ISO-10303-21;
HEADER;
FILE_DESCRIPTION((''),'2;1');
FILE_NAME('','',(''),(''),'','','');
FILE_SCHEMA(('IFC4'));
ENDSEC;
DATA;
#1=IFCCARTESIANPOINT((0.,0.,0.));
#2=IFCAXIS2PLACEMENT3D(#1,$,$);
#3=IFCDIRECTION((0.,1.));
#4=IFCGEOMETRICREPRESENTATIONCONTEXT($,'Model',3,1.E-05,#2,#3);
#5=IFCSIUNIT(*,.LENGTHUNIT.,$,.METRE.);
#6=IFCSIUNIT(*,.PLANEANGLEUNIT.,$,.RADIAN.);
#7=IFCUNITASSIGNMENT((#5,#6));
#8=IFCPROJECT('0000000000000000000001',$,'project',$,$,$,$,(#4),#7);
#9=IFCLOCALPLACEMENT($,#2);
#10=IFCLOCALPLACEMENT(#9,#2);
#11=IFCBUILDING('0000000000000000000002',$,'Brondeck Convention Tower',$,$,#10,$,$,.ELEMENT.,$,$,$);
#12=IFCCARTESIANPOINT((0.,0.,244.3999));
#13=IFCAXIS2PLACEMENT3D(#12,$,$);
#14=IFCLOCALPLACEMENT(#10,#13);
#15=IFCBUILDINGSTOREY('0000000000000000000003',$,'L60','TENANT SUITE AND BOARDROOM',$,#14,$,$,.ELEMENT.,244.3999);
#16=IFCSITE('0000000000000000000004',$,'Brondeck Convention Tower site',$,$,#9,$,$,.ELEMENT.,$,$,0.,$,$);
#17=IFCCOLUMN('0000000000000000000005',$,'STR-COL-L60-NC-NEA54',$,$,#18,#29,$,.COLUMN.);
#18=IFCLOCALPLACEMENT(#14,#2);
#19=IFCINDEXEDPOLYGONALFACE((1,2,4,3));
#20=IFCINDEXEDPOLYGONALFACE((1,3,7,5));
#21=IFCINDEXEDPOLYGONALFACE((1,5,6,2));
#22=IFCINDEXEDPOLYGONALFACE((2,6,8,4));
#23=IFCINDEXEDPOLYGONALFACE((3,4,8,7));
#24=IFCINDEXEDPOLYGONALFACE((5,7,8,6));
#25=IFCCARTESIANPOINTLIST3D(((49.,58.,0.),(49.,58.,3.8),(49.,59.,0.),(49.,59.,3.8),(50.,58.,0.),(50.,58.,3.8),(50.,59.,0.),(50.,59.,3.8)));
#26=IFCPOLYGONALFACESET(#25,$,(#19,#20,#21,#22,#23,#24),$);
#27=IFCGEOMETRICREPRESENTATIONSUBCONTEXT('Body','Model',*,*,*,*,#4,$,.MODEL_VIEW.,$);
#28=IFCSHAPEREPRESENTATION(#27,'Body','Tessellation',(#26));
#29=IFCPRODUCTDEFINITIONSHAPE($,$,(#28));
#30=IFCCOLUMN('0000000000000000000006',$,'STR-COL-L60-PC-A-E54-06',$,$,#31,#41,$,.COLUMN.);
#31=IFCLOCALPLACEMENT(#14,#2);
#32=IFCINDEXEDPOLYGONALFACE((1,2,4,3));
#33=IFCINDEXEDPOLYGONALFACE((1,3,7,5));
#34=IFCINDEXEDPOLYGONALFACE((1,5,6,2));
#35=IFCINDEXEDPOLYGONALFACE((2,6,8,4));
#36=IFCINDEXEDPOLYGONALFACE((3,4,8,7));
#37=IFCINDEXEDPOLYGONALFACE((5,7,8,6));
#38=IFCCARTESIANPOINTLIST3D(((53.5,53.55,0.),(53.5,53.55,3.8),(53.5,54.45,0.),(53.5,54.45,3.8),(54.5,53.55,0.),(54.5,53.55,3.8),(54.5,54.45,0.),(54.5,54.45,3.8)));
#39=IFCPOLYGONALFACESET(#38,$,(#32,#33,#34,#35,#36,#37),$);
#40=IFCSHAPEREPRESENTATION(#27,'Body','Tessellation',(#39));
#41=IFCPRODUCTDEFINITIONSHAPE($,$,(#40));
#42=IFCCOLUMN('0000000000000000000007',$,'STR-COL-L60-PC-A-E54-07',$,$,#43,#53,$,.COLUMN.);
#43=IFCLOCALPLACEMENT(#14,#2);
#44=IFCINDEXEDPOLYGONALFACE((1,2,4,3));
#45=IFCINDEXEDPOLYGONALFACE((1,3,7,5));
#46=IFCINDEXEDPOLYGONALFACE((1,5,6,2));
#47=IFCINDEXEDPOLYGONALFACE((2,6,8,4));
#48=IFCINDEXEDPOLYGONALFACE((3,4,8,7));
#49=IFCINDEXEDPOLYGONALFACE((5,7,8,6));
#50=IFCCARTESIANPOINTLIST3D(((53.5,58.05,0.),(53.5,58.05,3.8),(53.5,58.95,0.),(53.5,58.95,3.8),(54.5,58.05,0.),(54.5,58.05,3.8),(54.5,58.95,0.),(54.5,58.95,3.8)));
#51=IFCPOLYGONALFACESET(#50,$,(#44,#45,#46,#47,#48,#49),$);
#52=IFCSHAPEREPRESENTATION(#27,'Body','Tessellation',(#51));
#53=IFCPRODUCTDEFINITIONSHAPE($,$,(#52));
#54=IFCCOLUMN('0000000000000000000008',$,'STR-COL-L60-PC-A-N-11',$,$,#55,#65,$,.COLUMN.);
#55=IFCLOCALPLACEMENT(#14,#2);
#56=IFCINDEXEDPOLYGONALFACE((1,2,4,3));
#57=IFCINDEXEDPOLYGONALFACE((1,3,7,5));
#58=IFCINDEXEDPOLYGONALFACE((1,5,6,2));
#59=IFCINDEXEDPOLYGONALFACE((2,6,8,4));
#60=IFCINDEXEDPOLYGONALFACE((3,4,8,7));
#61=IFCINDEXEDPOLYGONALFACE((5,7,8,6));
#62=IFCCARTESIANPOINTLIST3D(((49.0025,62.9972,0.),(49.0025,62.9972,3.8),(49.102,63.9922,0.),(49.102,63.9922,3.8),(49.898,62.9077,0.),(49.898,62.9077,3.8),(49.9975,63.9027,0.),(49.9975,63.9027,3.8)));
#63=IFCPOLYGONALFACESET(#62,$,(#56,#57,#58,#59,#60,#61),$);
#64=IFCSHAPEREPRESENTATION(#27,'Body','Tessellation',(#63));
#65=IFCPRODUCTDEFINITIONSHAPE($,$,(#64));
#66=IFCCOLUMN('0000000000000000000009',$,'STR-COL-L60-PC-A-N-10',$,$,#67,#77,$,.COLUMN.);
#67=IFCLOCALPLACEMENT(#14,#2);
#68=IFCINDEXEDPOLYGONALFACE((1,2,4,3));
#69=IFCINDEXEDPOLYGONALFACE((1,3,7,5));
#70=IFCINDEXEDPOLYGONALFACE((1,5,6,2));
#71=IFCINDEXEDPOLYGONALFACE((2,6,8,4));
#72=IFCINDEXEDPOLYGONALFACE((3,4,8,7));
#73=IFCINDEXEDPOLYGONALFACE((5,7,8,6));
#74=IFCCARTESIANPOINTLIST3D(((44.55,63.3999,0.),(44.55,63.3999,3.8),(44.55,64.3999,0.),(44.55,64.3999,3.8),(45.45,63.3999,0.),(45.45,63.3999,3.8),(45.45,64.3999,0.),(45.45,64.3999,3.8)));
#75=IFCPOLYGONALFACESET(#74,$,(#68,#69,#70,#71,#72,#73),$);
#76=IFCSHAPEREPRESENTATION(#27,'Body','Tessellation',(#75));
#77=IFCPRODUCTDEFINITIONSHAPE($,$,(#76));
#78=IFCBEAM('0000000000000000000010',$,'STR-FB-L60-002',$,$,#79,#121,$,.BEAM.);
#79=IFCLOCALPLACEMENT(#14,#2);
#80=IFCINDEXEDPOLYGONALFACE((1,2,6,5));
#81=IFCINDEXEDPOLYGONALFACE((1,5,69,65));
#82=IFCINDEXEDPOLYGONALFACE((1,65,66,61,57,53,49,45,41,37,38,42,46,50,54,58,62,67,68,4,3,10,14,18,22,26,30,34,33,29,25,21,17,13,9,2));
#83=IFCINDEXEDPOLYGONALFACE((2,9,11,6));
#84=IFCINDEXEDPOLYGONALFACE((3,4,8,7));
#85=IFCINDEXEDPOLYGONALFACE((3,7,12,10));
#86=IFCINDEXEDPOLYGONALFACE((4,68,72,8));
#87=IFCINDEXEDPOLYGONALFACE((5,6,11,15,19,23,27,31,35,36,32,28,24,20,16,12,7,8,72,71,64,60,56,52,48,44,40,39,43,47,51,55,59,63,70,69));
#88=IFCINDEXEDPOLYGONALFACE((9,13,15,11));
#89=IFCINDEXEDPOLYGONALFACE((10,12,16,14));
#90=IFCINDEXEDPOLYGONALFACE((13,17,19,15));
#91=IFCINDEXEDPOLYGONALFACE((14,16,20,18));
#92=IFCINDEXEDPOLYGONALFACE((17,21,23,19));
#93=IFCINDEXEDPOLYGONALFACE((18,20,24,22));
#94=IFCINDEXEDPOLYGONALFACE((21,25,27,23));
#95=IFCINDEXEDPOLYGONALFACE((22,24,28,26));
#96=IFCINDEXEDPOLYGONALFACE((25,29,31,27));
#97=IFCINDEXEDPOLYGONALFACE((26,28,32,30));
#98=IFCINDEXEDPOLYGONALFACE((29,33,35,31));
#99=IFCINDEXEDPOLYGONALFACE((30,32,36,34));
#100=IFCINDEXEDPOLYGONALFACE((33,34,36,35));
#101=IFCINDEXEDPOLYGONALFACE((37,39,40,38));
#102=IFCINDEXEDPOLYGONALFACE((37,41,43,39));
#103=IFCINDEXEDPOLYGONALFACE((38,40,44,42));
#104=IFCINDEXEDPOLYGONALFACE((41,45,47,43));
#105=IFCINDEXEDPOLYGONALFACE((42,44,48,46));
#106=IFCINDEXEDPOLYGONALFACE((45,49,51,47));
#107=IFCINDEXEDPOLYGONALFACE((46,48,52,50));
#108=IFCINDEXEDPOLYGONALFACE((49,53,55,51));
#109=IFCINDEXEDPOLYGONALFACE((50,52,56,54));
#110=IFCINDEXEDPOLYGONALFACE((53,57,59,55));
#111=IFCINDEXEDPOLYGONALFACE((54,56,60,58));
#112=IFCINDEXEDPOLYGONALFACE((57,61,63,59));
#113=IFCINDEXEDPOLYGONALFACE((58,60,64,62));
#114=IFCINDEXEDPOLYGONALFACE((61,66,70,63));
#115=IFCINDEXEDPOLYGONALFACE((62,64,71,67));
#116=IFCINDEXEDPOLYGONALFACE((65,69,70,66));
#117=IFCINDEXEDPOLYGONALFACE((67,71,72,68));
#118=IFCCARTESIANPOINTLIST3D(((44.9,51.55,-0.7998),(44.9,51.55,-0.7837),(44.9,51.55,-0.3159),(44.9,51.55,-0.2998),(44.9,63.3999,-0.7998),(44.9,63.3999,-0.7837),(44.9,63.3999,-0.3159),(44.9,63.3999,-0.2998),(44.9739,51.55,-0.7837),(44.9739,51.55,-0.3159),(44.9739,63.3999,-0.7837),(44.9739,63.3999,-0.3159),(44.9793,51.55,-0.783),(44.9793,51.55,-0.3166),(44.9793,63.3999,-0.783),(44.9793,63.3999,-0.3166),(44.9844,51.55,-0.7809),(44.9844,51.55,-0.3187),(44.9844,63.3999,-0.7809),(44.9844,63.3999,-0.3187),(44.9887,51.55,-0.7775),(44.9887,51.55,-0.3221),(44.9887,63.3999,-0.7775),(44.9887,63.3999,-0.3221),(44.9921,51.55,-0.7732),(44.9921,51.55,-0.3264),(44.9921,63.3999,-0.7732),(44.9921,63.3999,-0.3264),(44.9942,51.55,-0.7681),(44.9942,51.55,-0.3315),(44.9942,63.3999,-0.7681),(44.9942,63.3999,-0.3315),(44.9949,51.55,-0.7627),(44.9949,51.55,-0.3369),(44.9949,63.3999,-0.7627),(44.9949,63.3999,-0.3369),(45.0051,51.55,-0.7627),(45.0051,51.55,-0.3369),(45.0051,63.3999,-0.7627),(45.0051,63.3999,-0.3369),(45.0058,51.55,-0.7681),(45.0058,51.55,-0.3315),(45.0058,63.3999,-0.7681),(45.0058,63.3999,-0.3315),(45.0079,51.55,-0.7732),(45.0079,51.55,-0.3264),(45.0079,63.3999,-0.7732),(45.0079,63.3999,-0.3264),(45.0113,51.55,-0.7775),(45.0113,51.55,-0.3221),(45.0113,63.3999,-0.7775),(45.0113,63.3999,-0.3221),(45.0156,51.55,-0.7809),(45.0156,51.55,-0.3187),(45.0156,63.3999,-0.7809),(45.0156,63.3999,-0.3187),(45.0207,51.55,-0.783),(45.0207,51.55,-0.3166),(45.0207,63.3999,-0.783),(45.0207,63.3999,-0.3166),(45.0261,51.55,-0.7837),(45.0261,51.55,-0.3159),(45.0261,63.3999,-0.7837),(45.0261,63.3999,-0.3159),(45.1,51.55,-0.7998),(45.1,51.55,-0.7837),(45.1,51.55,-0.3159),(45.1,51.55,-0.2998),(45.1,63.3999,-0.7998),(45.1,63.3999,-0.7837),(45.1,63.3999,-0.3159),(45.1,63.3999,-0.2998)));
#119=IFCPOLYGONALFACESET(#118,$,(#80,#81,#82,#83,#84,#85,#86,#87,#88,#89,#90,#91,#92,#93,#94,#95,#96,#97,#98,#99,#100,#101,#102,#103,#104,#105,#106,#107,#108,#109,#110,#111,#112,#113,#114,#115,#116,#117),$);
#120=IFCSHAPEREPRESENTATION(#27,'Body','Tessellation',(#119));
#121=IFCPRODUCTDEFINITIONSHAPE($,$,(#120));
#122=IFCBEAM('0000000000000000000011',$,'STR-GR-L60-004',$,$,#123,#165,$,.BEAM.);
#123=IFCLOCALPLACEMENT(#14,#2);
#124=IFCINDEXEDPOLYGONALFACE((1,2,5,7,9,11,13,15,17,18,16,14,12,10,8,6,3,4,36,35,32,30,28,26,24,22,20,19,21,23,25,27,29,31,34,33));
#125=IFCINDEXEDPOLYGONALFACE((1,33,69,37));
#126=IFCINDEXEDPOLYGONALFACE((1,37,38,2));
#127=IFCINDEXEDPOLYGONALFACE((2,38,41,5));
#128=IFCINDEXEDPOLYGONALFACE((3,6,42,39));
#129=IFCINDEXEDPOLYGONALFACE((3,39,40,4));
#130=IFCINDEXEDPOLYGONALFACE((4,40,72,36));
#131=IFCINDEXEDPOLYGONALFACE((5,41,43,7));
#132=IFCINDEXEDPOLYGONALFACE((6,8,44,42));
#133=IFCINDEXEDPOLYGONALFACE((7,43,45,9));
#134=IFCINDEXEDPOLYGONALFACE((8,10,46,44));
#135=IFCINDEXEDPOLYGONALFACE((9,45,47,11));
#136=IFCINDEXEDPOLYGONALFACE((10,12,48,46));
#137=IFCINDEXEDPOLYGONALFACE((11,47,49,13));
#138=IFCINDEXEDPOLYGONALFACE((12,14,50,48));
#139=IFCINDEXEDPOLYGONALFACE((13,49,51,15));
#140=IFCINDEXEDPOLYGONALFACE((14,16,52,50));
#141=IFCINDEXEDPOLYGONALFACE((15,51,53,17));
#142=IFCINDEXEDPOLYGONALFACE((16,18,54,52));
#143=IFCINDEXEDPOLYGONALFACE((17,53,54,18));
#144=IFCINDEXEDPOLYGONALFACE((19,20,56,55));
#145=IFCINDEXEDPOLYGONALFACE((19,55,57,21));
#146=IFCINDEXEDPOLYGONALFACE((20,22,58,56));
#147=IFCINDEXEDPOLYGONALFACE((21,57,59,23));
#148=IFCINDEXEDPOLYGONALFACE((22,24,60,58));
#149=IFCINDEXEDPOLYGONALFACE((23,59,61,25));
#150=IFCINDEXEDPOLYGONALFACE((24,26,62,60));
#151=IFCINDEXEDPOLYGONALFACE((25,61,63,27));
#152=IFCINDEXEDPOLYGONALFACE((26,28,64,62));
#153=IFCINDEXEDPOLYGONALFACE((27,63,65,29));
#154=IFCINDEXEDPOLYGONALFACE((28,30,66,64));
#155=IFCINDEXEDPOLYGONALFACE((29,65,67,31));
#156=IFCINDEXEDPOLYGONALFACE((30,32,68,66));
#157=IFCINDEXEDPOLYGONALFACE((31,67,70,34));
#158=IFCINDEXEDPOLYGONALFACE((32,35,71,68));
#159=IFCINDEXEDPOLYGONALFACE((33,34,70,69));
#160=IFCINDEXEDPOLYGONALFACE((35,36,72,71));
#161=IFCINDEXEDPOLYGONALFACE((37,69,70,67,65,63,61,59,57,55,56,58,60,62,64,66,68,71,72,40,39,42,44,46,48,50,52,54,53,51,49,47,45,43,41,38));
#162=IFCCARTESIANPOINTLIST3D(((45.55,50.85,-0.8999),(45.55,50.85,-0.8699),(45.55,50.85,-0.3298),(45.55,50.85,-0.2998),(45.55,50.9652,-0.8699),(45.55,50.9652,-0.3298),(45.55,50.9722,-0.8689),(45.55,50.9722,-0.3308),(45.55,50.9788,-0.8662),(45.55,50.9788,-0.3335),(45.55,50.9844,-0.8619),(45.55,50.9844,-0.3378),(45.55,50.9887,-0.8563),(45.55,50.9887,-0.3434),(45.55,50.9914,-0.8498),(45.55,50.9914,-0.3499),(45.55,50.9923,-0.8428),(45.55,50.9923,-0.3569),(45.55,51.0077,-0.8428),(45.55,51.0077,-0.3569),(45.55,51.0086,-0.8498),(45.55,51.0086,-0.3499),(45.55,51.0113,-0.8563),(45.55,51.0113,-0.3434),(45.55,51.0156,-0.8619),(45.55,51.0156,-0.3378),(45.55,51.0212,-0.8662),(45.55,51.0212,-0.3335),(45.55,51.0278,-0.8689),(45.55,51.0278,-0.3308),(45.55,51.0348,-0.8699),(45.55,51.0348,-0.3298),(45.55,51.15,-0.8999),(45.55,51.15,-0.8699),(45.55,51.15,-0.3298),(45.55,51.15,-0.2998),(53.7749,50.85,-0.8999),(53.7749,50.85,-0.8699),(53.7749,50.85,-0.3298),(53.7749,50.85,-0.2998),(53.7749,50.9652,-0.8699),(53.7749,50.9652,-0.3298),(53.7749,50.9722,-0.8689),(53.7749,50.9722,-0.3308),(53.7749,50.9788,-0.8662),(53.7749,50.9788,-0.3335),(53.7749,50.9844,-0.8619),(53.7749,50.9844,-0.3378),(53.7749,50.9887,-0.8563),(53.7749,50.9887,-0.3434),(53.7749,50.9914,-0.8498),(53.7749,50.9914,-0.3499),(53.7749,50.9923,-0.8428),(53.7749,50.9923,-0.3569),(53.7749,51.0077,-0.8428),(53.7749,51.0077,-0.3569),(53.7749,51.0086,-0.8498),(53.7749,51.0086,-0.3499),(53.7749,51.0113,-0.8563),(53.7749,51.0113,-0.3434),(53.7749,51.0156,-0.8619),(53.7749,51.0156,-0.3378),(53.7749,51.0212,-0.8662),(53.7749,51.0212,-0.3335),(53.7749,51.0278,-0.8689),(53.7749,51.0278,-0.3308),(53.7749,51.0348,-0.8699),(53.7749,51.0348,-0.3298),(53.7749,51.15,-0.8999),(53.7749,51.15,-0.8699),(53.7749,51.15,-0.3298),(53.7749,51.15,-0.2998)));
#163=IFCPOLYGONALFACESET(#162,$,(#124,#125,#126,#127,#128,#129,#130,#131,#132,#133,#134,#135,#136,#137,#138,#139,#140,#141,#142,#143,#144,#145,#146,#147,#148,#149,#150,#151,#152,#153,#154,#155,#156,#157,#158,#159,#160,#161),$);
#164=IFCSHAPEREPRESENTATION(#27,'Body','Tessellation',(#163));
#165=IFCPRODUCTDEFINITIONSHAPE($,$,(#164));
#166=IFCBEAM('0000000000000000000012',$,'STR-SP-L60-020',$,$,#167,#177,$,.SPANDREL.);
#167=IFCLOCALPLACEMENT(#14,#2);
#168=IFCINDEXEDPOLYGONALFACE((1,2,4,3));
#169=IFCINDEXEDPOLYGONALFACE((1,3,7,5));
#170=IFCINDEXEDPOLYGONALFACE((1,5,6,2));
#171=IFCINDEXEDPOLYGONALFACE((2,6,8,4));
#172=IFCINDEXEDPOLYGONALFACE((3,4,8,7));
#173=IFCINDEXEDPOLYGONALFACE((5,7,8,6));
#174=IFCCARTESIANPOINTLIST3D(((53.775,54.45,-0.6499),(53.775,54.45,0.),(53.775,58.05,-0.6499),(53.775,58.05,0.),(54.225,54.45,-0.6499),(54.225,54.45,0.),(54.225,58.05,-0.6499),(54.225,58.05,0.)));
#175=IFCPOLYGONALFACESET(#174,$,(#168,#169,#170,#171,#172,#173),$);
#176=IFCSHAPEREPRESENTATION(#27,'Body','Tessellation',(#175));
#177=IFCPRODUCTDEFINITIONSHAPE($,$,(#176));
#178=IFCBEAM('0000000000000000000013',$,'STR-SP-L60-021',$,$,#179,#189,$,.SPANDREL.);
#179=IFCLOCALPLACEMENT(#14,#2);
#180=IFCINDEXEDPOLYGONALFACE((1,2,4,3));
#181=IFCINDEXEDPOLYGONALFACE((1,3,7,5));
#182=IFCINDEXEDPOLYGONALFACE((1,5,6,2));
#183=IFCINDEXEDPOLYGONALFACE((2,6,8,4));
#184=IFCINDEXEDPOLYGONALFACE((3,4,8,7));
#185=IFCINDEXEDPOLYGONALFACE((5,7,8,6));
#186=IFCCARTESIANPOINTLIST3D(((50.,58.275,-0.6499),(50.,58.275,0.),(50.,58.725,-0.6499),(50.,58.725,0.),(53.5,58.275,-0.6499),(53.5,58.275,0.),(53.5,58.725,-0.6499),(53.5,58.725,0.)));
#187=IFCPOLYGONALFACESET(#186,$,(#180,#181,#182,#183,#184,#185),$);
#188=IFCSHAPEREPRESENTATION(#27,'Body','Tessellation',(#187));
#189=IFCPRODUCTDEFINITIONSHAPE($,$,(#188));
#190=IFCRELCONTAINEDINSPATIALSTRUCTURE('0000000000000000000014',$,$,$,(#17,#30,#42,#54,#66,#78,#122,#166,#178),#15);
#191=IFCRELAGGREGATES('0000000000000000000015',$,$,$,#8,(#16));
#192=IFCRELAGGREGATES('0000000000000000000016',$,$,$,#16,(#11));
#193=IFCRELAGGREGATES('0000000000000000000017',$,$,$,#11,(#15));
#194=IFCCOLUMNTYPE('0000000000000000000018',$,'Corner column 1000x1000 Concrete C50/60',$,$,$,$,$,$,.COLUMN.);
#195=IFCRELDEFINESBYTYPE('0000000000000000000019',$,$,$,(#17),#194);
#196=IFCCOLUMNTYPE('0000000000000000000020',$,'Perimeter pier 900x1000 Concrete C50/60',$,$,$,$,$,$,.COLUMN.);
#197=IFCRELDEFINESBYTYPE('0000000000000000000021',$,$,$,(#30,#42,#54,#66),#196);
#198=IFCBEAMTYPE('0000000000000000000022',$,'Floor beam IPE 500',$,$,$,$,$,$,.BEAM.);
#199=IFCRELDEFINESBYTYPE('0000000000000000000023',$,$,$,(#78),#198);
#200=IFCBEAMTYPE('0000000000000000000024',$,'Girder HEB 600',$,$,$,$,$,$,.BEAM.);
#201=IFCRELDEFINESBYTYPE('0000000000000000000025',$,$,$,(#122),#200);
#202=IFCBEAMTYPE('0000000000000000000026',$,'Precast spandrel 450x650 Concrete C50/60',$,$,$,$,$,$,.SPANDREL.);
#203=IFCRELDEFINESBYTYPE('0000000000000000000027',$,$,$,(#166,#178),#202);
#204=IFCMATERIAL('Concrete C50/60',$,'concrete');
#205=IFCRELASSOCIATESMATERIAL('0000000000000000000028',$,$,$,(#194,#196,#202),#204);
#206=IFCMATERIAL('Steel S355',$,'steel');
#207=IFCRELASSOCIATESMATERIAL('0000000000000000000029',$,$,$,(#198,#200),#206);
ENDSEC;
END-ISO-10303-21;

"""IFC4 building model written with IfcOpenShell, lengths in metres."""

from ifc_helpers import new_model, si_unit, direction, frame, origin, origin_2d, place, context, subcontext, project, spatial, rectangle, i_section, extrude, material, material_profile, profile_set, type_object, element, save


model = new_model("IFC4")

# Units and contexts
model_context = context("Model", 3, precision=1e-05, world=origin(), true_north=direction((0.0, 1.0)))
body_context = subcontext(model_context, "Body", "Model", "MODEL_VIEW")
ifc_project = project(units=[si_unit("LENGTHUNIT", "METRE"), si_unit("PLANEANGLEUNIT", "RADIAN")], contexts=[model_context])

# Site, building, storey
site_placement = place(None, origin())
site = spatial("IfcSite", under=ifc_project, at=site_placement, Name="Brondeck Convention Tower site", CompositionType="ELEMENT", RefElevation=0.0)
building_placement = place(site_placement, origin())
building = spatial("IfcBuilding", under=site, at=building_placement, Name="Brondeck Convention Tower", CompositionType="ELEMENT")
storey_placement = place(building_placement, frame((0.0, 0.0, 244.3999)))
storey = spatial("IfcBuildingStorey", under=building, at=storey_placement, Name="L60", Description="TENANT SUITE AND BOARDROOM", CompositionType="ELEMENT", Elevation=244.3999)

# Columns
ifc_material_1 = material(Name="Concrete C50/60", Category="concrete")
ifc_material_profile_1 = material_profile(ifc_material_1, rectangle(XDim=1.0, YDim=1.0, at=origin_2d()), Name="Corner column 1000x1000 Concrete C50/60")
ifc_profile_set_1 = profile_set([ifc_material_profile_1], Name="Concrete C50/60")
column_type_1 = type_object("IfcColumnType", Name="Corner column 1000x1000 Concrete C50/60", PredefinedType="COLUMN", material=ifc_profile_set_1)
column_placement = place(storey_placement, frame((49.5, 58.5, 0.0), z_axis=(0.0, 0.0, 1.0), x_axis=(1.0, 0.0, 0.0)))
element("IfcColumn", 1, at=column_placement, inside=storey, type_object=column_type_1, Name="STR-COL-L60-NC-NEA54", PredefinedType="COLUMN", context=body_context, shape_type="SweptSolid", body=[
    extrude(rectangle(XDim=1.0, YDim=1.0, at=origin_2d()), origin(), (0.0, 0.0, 1.0), 3.8),
])
ifc_material_profile_2 = material_profile(ifc_material_1, rectangle(XDim=0.8999, YDim=1.0, at=origin_2d()), Name="Perimeter pier 900x1000 Concrete C50/60")
ifc_profile_set_2 = profile_set([ifc_material_profile_2], Name="Concrete C50/60")
column_type_2 = type_object("IfcColumnType", Name="Perimeter pier 900x1000 Concrete C50/60", PredefinedType="COLUMN", material=ifc_profile_set_2)
for number, where, z_axis, x_axis, name in (
    (2, (54.0, 54.0, 0.0), (0.0, 0.0, 1.0), (0.0, 1.0, 0.0), "STR-COL-L60-PC-A-E54-06"),
    (3, (54.0, 58.5, 0.0), (0.0, 0.0, 1.0), (0.0, 1.0, 0.0), "STR-COL-L60-PC-A-E54-07"),
    (4, (49.5, 63.45, 0.0), (0.0, 0.0, 1.0), (-0.995037, 0.099504, 0.0), "STR-COL-L60-PC-A-N-11"),
    (5, (45.0, 63.8999, 0.0), (0.0, 0.0, 1.0), (-1.0, 0.0, 0.0), "STR-COL-L60-PC-A-N-10"),
):
    element("IfcColumn", number, at=place(storey_placement, frame(where, z_axis=z_axis, x_axis=x_axis)), inside=storey, type_object=column_type_2, Name=name, PredefinedType="COLUMN", context=body_context, shape_type="SweptSolid", body=[
        extrude(rectangle(XDim=0.8999, YDim=1.0, at=origin_2d()), origin(), (0.0, 0.0, 1.0), 3.8),
    ])

# Beams
ifc_material_2 = material(Name="Steel S355", Category="steel")
ifc_material_profile_3 = material_profile(ifc_material_2, i_section(OverallWidth=0.2, OverallDepth=0.5, WebThickness=0.0103, FlangeThickness=0.0161, FilletRadius=0.021, at=origin_2d()), Name="IPE 500")
ifc_profile_set_3 = profile_set([ifc_material_profile_3], Name="Steel S355")
beam_type_1 = type_object("IfcBeamType", Name="Floor beam IPE 500", PredefinedType="BEAM", material=ifc_profile_set_3)
beam_1_placement = place(storey_placement, frame((45.0, 51.55, -0.5498), z_axis=(0.0, 1.0, 0.0), x_axis=(-1.0, 0.0, 0.0)))
element("IfcBeam", 6, at=beam_1_placement, inside=storey, type_object=beam_type_1, Name="STR-FB-L60-002", PredefinedType="BEAM", context=body_context, shape_type="SweptSolid", body=[
    extrude(i_section(OverallWidth=0.2, OverallDepth=0.5, WebThickness=0.0103, FlangeThickness=0.0161, FilletRadius=0.021, at=origin_2d()), origin(), (0.0, 0.0, 1.0), 11.8499),
])
ifc_material_profile_4 = material_profile(ifc_material_2, i_section(OverallWidth=0.3, OverallDepth=0.6001, WebThickness=0.0154, FlangeThickness=0.03, FilletRadius=0.0271, at=origin_2d()), Name="HEB 600")
ifc_profile_set_4 = profile_set([ifc_material_profile_4], Name="Steel S355")
beam_type_2 = type_object("IfcBeamType", Name="Girder HEB 600", PredefinedType="BEAM", material=ifc_profile_set_4)
beam_2_placement = place(storey_placement, frame((45.55, 51.0, -0.5999), z_axis=(1.0, 0.0, 0.0), x_axis=(0.0, 1.0, 0.0)))
element("IfcBeam", 7, at=beam_2_placement, inside=storey, type_object=beam_type_2, Name="STR-GR-L60-004", PredefinedType="BEAM", context=body_context, shape_type="SweptSolid", body=[
    extrude(i_section(OverallWidth=0.3, OverallDepth=0.6001, WebThickness=0.0154, FlangeThickness=0.03, FilletRadius=0.0271, at=origin_2d()), origin(), (0.0, 0.0, 1.0), 8.2249),
])
ifc_material_profile_5 = material_profile(ifc_material_1, rectangle(XDim=0.45, YDim=0.6499, at=origin_2d()), Name="Precast spandrel 450x650 Concrete C50/60")
ifc_profile_set_5 = profile_set([ifc_material_profile_5], Name="Concrete C50/60")
beam_type_3 = type_object("IfcBeamType", Name="Precast spandrel 450x650 Concrete C50/60", PredefinedType="SPANDREL", material=ifc_profile_set_5)
beam_3_placement = place(storey_placement, frame((54.0, 54.45, -0.325), z_axis=(0.0, 1.0, 0.0), x_axis=(-1.0, 0.0, 0.0)))
element("IfcBeam", 8, at=beam_3_placement, inside=storey, type_object=beam_type_3, Name="STR-SP-L60-020", PredefinedType="SPANDREL", context=body_context, shape_type="SweptSolid", body=[
    extrude(rectangle(XDim=0.45, YDim=0.6499, at=origin_2d()), origin(), (0.0, 0.0, 1.0), 3.6001),
])
beam_4_placement = place(storey_placement, frame((53.5, 58.5, -0.325), z_axis=(-1.0, 0.0, 0.0), x_axis=(0.0, -1.0, 0.0)))
element("IfcBeam", 9, at=beam_4_placement, inside=storey, type_object=beam_type_3, Name="STR-SP-L60-021", PredefinedType="SPANDREL", context=body_context, shape_type="SweptSolid", body=[
    extrude(rectangle(XDim=0.45, YDim=0.6499, at=origin_2d()), origin(), (0.0, 0.0, 1.0), 3.5),
])

save(model, "model.ifc")
